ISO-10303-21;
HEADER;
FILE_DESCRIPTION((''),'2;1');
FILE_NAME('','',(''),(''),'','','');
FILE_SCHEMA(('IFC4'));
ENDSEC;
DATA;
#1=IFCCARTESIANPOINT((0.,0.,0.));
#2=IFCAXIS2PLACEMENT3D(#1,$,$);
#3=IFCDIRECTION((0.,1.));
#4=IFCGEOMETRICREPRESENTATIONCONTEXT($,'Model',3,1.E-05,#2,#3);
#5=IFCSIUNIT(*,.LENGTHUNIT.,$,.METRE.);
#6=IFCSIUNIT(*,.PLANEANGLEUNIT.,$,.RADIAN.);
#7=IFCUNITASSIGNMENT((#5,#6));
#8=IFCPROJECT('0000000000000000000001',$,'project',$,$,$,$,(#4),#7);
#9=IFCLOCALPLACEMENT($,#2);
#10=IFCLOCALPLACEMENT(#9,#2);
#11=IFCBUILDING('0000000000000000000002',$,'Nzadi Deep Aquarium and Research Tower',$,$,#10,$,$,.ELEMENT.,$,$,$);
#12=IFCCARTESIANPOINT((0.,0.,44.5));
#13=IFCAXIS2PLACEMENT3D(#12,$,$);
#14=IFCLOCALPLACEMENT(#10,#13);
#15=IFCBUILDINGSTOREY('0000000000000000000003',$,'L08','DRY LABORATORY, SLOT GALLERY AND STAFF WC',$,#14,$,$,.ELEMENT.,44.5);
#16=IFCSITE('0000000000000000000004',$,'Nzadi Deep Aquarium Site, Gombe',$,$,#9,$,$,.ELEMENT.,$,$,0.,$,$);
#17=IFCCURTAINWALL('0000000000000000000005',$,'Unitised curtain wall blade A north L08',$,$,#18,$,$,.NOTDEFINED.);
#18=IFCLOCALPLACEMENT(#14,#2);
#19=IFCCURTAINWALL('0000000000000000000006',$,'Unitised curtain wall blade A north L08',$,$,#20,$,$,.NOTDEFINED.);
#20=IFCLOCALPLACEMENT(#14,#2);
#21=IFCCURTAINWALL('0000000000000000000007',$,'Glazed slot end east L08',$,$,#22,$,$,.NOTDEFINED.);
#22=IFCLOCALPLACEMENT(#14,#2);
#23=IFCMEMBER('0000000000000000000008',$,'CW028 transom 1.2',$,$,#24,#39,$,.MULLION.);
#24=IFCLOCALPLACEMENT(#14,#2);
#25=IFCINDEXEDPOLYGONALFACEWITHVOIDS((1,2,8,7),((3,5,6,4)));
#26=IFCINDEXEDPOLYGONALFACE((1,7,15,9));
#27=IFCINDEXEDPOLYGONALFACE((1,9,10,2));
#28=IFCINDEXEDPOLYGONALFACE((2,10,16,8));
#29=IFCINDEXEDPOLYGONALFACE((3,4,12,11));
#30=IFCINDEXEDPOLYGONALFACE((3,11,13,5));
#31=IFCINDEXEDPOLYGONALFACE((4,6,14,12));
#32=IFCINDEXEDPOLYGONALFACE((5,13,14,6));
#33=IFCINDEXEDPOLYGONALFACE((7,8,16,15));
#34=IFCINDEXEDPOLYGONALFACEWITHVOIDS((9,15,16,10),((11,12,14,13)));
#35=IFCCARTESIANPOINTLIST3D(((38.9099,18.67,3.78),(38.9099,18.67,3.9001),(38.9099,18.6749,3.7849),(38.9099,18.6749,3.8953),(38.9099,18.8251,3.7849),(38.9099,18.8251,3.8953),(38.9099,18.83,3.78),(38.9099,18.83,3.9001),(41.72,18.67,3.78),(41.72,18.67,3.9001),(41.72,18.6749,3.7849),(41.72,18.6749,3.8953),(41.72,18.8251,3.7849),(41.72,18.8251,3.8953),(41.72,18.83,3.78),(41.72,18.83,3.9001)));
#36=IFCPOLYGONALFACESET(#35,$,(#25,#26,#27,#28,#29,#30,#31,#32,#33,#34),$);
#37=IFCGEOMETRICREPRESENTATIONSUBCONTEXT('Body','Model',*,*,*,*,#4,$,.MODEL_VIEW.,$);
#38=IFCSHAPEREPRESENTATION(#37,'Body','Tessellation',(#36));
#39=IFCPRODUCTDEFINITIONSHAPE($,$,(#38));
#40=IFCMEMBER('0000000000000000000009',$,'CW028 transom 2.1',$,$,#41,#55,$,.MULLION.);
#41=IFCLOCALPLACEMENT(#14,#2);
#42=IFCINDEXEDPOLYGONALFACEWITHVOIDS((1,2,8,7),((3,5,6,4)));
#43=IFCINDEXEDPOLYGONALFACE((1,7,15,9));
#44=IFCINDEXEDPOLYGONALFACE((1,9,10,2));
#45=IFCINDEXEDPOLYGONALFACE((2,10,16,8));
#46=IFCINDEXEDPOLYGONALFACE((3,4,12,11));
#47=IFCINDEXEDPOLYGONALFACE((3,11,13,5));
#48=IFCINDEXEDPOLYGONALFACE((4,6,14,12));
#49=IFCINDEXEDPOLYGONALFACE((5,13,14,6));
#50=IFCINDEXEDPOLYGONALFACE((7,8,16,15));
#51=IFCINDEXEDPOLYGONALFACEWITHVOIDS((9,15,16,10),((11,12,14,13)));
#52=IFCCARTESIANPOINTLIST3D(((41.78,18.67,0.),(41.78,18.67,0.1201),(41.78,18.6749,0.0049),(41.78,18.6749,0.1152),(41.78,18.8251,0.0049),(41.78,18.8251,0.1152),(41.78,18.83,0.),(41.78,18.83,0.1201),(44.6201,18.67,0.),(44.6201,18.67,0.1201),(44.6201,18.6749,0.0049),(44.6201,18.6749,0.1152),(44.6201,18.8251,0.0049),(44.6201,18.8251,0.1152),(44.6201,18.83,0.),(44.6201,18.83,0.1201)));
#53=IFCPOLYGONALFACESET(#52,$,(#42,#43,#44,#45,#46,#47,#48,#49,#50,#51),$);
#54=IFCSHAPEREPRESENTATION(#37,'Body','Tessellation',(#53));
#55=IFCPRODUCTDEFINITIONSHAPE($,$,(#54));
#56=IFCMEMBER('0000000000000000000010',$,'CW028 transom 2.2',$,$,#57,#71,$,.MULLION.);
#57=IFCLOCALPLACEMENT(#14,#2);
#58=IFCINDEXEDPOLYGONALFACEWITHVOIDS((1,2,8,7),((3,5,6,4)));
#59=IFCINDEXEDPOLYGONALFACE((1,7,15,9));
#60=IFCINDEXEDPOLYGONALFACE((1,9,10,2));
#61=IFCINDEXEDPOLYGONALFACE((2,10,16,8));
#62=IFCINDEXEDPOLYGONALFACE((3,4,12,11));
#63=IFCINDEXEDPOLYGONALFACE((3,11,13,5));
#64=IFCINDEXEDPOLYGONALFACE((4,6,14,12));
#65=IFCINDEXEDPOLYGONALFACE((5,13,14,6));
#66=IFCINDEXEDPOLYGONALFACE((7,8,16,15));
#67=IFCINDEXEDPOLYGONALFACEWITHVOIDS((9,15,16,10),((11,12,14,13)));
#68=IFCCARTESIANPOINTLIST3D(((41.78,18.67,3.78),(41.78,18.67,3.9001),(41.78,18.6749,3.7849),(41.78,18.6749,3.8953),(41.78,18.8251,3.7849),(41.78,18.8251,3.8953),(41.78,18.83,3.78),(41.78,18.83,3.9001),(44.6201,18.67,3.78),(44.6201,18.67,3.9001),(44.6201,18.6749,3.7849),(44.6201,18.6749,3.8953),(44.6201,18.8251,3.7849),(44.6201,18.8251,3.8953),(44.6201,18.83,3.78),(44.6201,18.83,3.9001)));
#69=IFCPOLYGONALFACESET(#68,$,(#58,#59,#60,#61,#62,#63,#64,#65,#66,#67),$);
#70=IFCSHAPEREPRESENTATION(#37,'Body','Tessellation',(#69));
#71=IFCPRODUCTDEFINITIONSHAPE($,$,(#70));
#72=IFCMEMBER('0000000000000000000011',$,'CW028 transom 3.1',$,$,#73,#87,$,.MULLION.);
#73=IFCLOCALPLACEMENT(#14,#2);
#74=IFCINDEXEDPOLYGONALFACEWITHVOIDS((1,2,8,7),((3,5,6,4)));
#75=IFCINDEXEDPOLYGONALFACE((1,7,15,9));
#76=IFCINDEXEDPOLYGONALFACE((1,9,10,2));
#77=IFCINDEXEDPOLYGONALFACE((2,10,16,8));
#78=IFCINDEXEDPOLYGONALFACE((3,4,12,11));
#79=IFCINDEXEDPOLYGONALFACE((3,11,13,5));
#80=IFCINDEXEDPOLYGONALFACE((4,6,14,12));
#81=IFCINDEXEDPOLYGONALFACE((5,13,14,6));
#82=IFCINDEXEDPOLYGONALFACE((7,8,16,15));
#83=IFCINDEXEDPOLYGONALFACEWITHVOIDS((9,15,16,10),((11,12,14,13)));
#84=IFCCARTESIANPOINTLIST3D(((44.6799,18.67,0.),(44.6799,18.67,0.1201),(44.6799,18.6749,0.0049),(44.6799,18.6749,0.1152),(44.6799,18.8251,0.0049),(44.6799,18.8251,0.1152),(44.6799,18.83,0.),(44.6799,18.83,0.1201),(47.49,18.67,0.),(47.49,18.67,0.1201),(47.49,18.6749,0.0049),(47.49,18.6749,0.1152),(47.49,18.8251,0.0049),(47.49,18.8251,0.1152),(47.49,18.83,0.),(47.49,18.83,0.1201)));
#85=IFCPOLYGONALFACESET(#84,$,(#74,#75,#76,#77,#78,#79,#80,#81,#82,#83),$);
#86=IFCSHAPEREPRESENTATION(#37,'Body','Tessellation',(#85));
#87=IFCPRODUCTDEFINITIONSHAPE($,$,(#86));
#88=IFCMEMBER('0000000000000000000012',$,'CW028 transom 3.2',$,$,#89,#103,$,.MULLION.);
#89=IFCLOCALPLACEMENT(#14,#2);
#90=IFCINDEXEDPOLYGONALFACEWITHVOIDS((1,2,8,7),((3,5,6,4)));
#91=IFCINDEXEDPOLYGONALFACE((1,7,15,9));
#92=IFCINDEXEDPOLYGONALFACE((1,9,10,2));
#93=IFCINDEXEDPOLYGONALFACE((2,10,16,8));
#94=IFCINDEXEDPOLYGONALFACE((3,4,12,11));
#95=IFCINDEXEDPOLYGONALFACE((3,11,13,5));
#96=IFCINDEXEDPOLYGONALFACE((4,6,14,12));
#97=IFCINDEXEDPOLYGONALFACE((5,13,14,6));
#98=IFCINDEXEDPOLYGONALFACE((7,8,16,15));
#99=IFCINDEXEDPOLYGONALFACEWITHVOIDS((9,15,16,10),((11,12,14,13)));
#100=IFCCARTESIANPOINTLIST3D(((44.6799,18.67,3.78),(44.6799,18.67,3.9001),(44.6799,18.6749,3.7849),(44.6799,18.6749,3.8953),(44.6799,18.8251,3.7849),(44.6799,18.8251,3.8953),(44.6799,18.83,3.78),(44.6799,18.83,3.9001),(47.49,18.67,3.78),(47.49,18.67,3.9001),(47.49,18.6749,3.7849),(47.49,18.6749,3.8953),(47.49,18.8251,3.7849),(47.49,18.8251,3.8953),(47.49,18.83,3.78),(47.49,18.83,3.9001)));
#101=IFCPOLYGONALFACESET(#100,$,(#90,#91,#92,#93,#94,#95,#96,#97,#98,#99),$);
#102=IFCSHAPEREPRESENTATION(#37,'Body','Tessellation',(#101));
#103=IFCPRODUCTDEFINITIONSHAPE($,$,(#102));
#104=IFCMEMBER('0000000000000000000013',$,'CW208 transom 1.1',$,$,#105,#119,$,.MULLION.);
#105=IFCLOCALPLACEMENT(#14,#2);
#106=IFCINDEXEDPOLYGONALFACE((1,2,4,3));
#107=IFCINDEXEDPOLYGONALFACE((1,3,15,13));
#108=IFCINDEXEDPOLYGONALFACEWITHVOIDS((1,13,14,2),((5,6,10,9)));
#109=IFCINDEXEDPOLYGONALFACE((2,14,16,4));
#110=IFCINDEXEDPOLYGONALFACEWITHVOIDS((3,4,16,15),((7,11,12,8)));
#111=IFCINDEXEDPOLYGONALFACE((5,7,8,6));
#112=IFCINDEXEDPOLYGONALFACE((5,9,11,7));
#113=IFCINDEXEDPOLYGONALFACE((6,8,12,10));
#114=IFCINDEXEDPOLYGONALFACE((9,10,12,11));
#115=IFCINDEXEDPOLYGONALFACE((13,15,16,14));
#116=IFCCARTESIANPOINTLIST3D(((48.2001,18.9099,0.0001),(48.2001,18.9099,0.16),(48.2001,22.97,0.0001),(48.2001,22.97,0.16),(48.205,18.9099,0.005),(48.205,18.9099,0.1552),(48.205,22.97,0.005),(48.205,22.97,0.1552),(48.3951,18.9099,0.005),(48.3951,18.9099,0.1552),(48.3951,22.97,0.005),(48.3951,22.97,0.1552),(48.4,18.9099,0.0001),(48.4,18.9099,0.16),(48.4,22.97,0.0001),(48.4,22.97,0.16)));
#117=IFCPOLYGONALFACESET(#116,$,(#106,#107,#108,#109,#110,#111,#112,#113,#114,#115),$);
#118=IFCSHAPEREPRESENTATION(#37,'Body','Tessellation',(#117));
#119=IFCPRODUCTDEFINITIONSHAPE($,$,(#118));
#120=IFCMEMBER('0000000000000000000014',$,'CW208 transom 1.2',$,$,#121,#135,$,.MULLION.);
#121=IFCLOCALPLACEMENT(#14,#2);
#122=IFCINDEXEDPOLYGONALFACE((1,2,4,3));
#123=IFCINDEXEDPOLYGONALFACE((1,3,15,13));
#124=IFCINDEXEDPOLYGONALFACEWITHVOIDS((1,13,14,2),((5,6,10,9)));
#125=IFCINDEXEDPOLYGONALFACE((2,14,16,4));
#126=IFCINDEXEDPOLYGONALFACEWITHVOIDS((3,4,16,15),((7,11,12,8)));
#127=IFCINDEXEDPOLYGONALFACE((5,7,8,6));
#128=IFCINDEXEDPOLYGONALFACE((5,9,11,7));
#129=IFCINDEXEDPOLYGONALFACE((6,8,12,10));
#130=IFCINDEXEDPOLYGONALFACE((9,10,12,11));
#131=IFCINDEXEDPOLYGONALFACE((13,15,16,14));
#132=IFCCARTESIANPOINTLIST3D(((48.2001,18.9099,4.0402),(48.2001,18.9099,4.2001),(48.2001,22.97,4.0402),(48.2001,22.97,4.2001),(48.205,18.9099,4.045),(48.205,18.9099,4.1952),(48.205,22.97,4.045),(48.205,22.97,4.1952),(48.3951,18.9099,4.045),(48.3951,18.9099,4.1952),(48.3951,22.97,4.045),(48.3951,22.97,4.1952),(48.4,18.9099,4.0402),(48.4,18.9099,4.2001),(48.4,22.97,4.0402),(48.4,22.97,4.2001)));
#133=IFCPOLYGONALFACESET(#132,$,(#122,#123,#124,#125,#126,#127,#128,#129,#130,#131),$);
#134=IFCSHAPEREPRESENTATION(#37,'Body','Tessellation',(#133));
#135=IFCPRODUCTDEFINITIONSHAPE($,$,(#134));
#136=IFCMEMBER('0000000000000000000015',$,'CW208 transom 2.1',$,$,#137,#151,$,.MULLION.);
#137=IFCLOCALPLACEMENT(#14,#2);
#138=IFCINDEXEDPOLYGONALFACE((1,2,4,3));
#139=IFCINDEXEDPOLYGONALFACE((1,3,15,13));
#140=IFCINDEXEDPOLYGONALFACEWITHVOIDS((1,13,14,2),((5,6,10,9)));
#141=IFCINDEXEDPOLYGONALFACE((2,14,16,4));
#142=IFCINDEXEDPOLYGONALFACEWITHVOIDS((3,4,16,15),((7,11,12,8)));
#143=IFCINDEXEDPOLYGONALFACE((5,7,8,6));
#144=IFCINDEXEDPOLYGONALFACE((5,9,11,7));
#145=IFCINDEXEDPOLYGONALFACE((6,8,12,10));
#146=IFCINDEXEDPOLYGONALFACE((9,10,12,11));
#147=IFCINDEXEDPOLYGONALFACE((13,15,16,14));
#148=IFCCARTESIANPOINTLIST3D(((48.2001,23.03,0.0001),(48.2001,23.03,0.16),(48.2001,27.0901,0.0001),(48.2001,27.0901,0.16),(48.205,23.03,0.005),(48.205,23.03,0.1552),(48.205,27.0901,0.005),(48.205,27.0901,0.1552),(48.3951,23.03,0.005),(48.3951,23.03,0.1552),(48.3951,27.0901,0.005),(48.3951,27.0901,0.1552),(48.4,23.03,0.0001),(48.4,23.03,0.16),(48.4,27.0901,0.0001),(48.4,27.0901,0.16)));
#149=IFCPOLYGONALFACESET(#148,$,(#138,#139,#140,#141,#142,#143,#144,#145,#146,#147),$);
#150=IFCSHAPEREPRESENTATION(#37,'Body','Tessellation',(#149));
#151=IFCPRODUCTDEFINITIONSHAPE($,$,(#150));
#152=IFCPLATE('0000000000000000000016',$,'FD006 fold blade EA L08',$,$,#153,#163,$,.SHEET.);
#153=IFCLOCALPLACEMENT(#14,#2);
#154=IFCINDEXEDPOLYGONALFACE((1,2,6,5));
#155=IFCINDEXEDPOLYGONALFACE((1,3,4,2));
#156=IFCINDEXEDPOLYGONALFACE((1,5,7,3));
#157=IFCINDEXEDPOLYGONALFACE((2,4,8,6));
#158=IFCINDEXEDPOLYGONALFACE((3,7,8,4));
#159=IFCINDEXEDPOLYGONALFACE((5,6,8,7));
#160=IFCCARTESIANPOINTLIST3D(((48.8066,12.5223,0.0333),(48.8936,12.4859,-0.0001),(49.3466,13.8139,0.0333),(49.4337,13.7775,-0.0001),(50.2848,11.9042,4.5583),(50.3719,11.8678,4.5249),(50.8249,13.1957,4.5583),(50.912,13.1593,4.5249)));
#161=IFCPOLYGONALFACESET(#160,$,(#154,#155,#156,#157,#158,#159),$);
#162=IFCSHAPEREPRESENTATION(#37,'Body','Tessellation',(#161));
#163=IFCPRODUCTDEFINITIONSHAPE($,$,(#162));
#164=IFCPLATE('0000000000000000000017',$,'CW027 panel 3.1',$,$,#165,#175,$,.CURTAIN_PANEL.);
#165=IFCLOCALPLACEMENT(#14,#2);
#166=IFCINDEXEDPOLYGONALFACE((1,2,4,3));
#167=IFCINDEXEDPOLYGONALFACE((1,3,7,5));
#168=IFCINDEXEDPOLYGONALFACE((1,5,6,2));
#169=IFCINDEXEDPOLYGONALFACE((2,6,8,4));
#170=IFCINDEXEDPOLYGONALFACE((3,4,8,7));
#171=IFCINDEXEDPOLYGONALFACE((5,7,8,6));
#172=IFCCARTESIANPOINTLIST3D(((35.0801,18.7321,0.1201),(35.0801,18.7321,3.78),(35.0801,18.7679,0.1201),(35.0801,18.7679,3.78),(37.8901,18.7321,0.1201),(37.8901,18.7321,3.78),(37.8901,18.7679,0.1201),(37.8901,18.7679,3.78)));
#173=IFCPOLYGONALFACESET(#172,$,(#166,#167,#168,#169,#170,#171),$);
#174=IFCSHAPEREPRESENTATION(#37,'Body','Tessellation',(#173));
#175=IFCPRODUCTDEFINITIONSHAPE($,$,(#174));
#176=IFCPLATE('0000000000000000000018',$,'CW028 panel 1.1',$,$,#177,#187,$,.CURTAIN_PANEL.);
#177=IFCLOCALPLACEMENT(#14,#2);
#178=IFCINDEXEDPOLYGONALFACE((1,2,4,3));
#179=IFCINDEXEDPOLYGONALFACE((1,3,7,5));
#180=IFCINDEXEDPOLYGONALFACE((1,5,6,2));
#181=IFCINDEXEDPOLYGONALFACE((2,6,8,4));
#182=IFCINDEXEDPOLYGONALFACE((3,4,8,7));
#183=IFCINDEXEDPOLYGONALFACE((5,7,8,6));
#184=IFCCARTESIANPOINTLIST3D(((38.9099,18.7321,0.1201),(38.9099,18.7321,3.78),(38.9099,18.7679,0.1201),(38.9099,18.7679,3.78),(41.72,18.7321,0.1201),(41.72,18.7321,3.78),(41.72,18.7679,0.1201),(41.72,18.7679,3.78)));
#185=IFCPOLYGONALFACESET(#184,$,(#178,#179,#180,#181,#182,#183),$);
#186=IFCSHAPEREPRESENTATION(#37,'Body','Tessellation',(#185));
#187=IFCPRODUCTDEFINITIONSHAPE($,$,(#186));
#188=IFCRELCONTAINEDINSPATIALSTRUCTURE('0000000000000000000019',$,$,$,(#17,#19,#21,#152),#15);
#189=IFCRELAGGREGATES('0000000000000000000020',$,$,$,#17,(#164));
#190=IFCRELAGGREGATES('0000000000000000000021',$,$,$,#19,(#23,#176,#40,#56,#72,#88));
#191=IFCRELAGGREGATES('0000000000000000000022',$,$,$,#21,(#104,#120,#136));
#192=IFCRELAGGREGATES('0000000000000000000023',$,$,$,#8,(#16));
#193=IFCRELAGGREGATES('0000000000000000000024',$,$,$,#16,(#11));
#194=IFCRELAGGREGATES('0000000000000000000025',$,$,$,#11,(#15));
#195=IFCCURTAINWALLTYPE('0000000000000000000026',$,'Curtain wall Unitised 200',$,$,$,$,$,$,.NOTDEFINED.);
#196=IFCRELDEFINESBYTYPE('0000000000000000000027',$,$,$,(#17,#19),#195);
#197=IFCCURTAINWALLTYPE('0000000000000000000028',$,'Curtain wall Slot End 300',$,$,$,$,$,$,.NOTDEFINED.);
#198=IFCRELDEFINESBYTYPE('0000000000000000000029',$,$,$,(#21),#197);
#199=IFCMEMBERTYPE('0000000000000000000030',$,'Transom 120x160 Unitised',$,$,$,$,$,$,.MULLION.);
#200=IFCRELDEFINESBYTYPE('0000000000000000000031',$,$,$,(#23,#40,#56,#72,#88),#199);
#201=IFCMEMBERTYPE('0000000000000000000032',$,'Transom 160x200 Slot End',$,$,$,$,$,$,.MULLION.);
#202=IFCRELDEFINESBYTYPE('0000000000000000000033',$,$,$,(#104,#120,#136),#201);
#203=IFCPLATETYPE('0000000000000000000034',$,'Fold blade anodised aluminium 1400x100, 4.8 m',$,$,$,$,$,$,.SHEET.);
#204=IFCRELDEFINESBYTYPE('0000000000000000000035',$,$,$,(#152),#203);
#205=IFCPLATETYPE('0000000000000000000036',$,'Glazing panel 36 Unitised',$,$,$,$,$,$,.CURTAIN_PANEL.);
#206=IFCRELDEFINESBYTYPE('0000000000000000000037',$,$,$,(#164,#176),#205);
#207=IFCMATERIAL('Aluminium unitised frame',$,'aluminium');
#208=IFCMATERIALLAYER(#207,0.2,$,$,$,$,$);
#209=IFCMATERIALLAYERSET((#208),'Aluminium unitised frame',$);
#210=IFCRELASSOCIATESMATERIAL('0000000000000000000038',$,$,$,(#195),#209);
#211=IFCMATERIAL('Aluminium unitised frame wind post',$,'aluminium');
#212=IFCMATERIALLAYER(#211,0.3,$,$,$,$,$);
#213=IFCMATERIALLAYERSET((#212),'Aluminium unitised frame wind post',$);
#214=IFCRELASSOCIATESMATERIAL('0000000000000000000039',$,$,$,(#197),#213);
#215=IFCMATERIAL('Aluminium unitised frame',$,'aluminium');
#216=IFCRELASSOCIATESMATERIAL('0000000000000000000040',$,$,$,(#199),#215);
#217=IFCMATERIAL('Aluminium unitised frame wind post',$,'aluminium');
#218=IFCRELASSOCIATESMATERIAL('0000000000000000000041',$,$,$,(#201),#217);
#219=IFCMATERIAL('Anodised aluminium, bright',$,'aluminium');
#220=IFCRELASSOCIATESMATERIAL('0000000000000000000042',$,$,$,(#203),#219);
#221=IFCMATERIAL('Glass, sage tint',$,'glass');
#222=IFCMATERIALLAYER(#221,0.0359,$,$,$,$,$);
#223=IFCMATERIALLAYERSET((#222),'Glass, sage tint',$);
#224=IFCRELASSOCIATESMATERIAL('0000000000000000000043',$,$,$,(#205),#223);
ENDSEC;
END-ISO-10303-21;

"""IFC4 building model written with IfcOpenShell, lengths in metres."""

from ifc_helpers import new_model, si_unit, direction, frame, origin, origin_2d, place, context, subcontext, project, spatial, rectangle, hollow_rectangle, extrude, material, layer, layer_set, material_profile, profile_set, type_object, element, aggregate, save


model = new_model("IFC4")

# Units and contexts
model_context = context("Model", 3, precision=1e-05, world=origin(), true_north=direction((0.0, 1.0)))
body_context = subcontext(model_context, "Body", "Model", "MODEL_VIEW")
ifc_project = project(units=[si_unit("LENGTHUNIT", "METRE"), si_unit("PLANEANGLEUNIT", "RADIAN")], contexts=[model_context])

# Site, building, storey
site_placement = place(None, origin())
site = spatial("IfcSite", under=ifc_project, at=site_placement, Name="Nzadi Deep Aquarium Site, Gombe", CompositionType="ELEMENT", RefElevation=0.0)
building_placement = place(site_placement, origin())
building = spatial("IfcBuilding", under=site, at=building_placement, Name="Nzadi Deep Aquarium and Research Tower", CompositionType="ELEMENT")
storey_placement = place(building_placement, frame((0.0, 0.0, 44.5)))
storey = spatial("IfcBuildingStorey", under=building, at=storey_placement, Name="L08", Description="DRY LABORATORY, SLOT GALLERY AND STAFF WC", CompositionType="ELEMENT", Elevation=44.5)

# Curtain wall
ifc_material_1 = material(Name="Aluminium unitised frame", Category="aluminium")
ifc_layer_1 = layer(ifc_material_1, 0.2)
ifc_layer_set_1 = layer_set([ifc_layer_1], Name="Aluminium unitised frame")
curtain_wall_type_1 = type_object("IfcCurtainWallType", Name="Curtain wall Unitised 200", PredefinedType="NOTDEFINED", material=ifc_layer_set_1)
curtain_wall_1_placement = place(storey_placement, origin())
curtain_wall_1 = element("IfcCurtainWall", 1, at=curtain_wall_1_placement, inside=storey, type_object=curtain_wall_type_1, Name="Unitised curtain wall blade A north L08", PredefinedType="NOTDEFINED")

# Curtain walls
curtain_wall_2_placement = place(storey_placement, origin())
curtain_wall_2 = element("IfcCurtainWall", 2, at=curtain_wall_2_placement, inside=storey, type_object=curtain_wall_type_1, Name="Unitised curtain wall blade A north L08", PredefinedType="NOTDEFINED")
ifc_material_2 = material(Name="Aluminium unitised frame wind post", Category="aluminium")
ifc_layer_2 = layer(ifc_material_2, 0.3)
ifc_layer_set_2 = layer_set([ifc_layer_2], Name="Aluminium unitised frame wind post")
curtain_wall_type_2 = type_object("IfcCurtainWallType", Name="Curtain wall Slot End 300", PredefinedType="NOTDEFINED", material=ifc_layer_set_2)
curtain_wall_3_placement = place(storey_placement, origin())
curtain_wall_3 = element("IfcCurtainWall", 3, at=curtain_wall_3_placement, inside=storey, type_object=curtain_wall_type_2, Name="Glazed slot end east L08", PredefinedType="NOTDEFINED")

# Members
ifc_material_3 = material(Name="Aluminium unitised frame", Category="aluminium")
ifc_material_profile_1 = material_profile(ifc_material_3, hollow_rectangle(XDim=0.1599, YDim=0.1201, WallThickness=0.0049, at=origin_2d()))
ifc_profile_set_1 = profile_set([ifc_material_profile_1], Name="Aluminium unitised frame")
member_type_1 = type_object("IfcMemberType", Name="Transom 120x160 Unitised", PredefinedType="MULLION", material=ifc_profile_set_1)
member_1_placement = place(storey_placement, frame((38.9099, 18.75, 3.8401), z_axis=(1.0, 0.0, 0.0), x_axis=(0.0, 1.0, 0.0)))
member_1 = element("IfcMember", 4, at=member_1_placement, type_object=member_type_1, Name="CW028 transom 1.2", PredefinedType="MULLION", context=body_context, shape_type="SweptSolid", body=[
    extrude(hollow_rectangle(XDim=0.1599, YDim=0.1201, WallThickness=0.0049, at=origin_2d()), origin(), (0.0, 0.0, 1.0), 2.8101),
])
member_2_placement = place(storey_placement, frame((41.78, 18.75, 0.0601), z_axis=(1.0, 0.0, 0.0), x_axis=(0.0, 1.0, 0.0)))
member_2 = element("IfcMember", 5, at=member_2_placement, type_object=member_type_1, Name="CW028 transom 2.1", PredefinedType="MULLION", context=body_context, shape_type="SweptSolid", body=[
    extrude(hollow_rectangle(XDim=0.1599, YDim=0.1201, WallThickness=0.0049, at=origin_2d()), origin(), (0.0, 0.0, 1.0), 2.8401),
])
member_3_placement = place(storey_placement, frame((41.78, 18.75, 3.8401), z_axis=(1.0, 0.0, 0.0), x_axis=(0.0, 1.0, 0.0)))
member_3 = element("IfcMember", 6, at=member_3_placement, type_object=member_type_1, Name="CW028 transom 2.2", PredefinedType="MULLION", context=body_context, shape_type="SweptSolid", body=[
    extrude(hollow_rectangle(XDim=0.1599, YDim=0.1201, WallThickness=0.0049, at=origin_2d()), origin(), (0.0, 0.0, 1.0), 2.8401),
])
member_4_placement = place(storey_placement, frame((44.6799, 18.75, 0.0601), z_axis=(1.0, 0.0, 0.0), x_axis=(0.0, 1.0, 0.0)))
member_4 = element("IfcMember", 7, at=member_4_placement, type_object=member_type_1, Name="CW028 transom 3.1", PredefinedType="MULLION", context=body_context, shape_type="SweptSolid", body=[
    extrude(hollow_rectangle(XDim=0.1599, YDim=0.1201, WallThickness=0.0049, at=origin_2d()), origin(), (0.0, 0.0, 1.0), 2.8101),
])
member_5_placement = place(storey_placement, frame((44.6799, 18.75, 3.8401), z_axis=(1.0, 0.0, 0.0), x_axis=(0.0, 1.0, 0.0)))
member_5 = element("IfcMember", 8, at=member_5_placement, type_object=member_type_1, Name="CW028 transom 3.2", PredefinedType="MULLION", context=body_context, shape_type="SweptSolid", body=[
    extrude(hollow_rectangle(XDim=0.1599, YDim=0.1201, WallThickness=0.0049, at=origin_2d()), origin(), (0.0, 0.0, 1.0), 2.8101),
])
ifc_material_4 = material(Name="Aluminium unitised frame wind post", Category="aluminium")
ifc_material_profile_2 = material_profile(ifc_material_4, hollow_rectangle(XDim=0.2, YDim=0.1599, WallThickness=0.0049, at=origin_2d()))
ifc_profile_set_2 = profile_set([ifc_material_profile_2], Name="Aluminium unitised frame wind post")
member_type_2 = type_object("IfcMemberType", Name="Transom 160x200 Slot End", PredefinedType="MULLION", material=ifc_profile_set_2)
member_6_placement = place(storey_placement, frame((48.3, 18.9099, 0.0801), z_axis=(0.0, 1.0, 0.0), x_axis=(-1.0, 0.0, 0.0)))
member_6 = element("IfcMember", 9, at=member_6_placement, type_object=member_type_2, Name="CW208 transom 1.1", PredefinedType="MULLION", context=body_context, shape_type="SweptSolid", body=[
    extrude(hollow_rectangle(XDim=0.2, YDim=0.1599, WallThickness=0.0049, at=origin_2d()), origin(), (0.0, 0.0, 1.0), 4.0601),
])
member_7_placement = place(storey_placement, frame((48.3, 18.9099, 4.1201), z_axis=(0.0, 1.0, 0.0), x_axis=(-1.0, 0.0, 0.0)))
member_7 = element("IfcMember", 10, at=member_7_placement, type_object=member_type_2, Name="CW208 transom 1.2", PredefinedType="MULLION", context=body_context, shape_type="SweptSolid", body=[
    extrude(hollow_rectangle(XDim=0.2, YDim=0.1599, WallThickness=0.0049, at=origin_2d()), origin(), (0.0, 0.0, 1.0), 4.0601),
])
member_8_placement = place(storey_placement, frame((48.3, 23.03, 0.0801), z_axis=(0.0, 1.0, 0.0), x_axis=(-1.0, 0.0, 0.0)))
member_8 = element("IfcMember", 11, at=member_8_placement, type_object=member_type_2, Name="CW208 transom 2.1", PredefinedType="MULLION", context=body_context, shape_type="SweptSolid", body=[
    extrude(hollow_rectangle(XDim=0.2, YDim=0.1599, WallThickness=0.0049, at=origin_2d()), origin(), (0.0, 0.0, 1.0), 4.0601),
])

# Plates
ifc_material_5 = material(Name="Anodised aluminium, bright", Category="aluminium")
ifc_material_profile_3 = material_profile(ifc_material_5, rectangle(XDim=1.3999, YDim=0.1001, at=origin_2d()))
ifc_profile_set_3 = profile_set([ifc_material_profile_3], Name="Anodised aluminium, bright")
plate_type_1 = type_object("IfcPlateType", Name="Fold blade anodised aluminium 1400x100, 4.8 m", PredefinedType="SHEET", material=ifc_profile_set_3)
plate_1_placement = place(storey_placement, frame((49.1201, 13.1499, 0.0166), z_axis=(0.307959, -0.128778, 0.942644), x_axis=(0.385794, 0.922585, 0.0)))
element("IfcPlate", 12, at=plate_1_placement, inside=storey, type_object=plate_type_1, Name="FD006 fold blade EA L08", PredefinedType="SHEET", context=body_context, shape_type="SweptSolid", body=[
    extrude(rectangle(XDim=1.3999, YDim=0.1001, at=origin_2d()), origin(), (0.0, 0.0, 1.0), 4.8003),
])
ifc_material_6 = material(Name="Glass, sage tint", Category="glass")
ifc_layer_3 = layer(ifc_material_6, 0.0359)
ifc_layer_set_3 = layer_set([ifc_layer_3], Name="Glass, sage tint")
plate_type_2 = type_object("IfcPlateType", Name="Glazing panel 36 Unitised", PredefinedType="CURTAIN_PANEL", material=ifc_layer_set_3)
plate_2_placement = place(storey_placement, frame((36.4851, 18.75, 0.1201), z_axis=(0.0, 0.0, 1.0), x_axis=(1.0, 0.0, 0.0)))
plate_2 = element("IfcPlate", 13, at=plate_2_placement, type_object=plate_type_2, Name="CW027 panel 3.1", PredefinedType="CURTAIN_PANEL", context=body_context, shape_type="SweptSolid", body=[
    extrude(rectangle(XDim=2.8101, YDim=0.0359, at=origin_2d()), origin(), (0.0, 0.0, 1.0), 3.6599),
])
aggregate(curtain_wall_1, [plate_2])
plate_3_placement = place(storey_placement, frame((40.3149, 18.75, 0.1201), z_axis=(0.0, 0.0, 1.0), x_axis=(1.0, 0.0, 0.0)))
plate_3 = element("IfcPlate", 14, at=plate_3_placement, type_object=plate_type_2, Name="CW028 panel 1.1", PredefinedType="CURTAIN_PANEL", context=body_context, shape_type="SweptSolid", body=[
    extrude(rectangle(XDim=2.8101, YDim=0.0359, at=origin_2d()), origin(), (0.0, 0.0, 1.0), 3.6599),
])
aggregate(curtain_wall_2, [member_1, plate_3, member_2, member_3, member_4, member_5])
aggregate(curtain_wall_3, [member_6, member_7, member_8])

save(model, "model.ifc")
